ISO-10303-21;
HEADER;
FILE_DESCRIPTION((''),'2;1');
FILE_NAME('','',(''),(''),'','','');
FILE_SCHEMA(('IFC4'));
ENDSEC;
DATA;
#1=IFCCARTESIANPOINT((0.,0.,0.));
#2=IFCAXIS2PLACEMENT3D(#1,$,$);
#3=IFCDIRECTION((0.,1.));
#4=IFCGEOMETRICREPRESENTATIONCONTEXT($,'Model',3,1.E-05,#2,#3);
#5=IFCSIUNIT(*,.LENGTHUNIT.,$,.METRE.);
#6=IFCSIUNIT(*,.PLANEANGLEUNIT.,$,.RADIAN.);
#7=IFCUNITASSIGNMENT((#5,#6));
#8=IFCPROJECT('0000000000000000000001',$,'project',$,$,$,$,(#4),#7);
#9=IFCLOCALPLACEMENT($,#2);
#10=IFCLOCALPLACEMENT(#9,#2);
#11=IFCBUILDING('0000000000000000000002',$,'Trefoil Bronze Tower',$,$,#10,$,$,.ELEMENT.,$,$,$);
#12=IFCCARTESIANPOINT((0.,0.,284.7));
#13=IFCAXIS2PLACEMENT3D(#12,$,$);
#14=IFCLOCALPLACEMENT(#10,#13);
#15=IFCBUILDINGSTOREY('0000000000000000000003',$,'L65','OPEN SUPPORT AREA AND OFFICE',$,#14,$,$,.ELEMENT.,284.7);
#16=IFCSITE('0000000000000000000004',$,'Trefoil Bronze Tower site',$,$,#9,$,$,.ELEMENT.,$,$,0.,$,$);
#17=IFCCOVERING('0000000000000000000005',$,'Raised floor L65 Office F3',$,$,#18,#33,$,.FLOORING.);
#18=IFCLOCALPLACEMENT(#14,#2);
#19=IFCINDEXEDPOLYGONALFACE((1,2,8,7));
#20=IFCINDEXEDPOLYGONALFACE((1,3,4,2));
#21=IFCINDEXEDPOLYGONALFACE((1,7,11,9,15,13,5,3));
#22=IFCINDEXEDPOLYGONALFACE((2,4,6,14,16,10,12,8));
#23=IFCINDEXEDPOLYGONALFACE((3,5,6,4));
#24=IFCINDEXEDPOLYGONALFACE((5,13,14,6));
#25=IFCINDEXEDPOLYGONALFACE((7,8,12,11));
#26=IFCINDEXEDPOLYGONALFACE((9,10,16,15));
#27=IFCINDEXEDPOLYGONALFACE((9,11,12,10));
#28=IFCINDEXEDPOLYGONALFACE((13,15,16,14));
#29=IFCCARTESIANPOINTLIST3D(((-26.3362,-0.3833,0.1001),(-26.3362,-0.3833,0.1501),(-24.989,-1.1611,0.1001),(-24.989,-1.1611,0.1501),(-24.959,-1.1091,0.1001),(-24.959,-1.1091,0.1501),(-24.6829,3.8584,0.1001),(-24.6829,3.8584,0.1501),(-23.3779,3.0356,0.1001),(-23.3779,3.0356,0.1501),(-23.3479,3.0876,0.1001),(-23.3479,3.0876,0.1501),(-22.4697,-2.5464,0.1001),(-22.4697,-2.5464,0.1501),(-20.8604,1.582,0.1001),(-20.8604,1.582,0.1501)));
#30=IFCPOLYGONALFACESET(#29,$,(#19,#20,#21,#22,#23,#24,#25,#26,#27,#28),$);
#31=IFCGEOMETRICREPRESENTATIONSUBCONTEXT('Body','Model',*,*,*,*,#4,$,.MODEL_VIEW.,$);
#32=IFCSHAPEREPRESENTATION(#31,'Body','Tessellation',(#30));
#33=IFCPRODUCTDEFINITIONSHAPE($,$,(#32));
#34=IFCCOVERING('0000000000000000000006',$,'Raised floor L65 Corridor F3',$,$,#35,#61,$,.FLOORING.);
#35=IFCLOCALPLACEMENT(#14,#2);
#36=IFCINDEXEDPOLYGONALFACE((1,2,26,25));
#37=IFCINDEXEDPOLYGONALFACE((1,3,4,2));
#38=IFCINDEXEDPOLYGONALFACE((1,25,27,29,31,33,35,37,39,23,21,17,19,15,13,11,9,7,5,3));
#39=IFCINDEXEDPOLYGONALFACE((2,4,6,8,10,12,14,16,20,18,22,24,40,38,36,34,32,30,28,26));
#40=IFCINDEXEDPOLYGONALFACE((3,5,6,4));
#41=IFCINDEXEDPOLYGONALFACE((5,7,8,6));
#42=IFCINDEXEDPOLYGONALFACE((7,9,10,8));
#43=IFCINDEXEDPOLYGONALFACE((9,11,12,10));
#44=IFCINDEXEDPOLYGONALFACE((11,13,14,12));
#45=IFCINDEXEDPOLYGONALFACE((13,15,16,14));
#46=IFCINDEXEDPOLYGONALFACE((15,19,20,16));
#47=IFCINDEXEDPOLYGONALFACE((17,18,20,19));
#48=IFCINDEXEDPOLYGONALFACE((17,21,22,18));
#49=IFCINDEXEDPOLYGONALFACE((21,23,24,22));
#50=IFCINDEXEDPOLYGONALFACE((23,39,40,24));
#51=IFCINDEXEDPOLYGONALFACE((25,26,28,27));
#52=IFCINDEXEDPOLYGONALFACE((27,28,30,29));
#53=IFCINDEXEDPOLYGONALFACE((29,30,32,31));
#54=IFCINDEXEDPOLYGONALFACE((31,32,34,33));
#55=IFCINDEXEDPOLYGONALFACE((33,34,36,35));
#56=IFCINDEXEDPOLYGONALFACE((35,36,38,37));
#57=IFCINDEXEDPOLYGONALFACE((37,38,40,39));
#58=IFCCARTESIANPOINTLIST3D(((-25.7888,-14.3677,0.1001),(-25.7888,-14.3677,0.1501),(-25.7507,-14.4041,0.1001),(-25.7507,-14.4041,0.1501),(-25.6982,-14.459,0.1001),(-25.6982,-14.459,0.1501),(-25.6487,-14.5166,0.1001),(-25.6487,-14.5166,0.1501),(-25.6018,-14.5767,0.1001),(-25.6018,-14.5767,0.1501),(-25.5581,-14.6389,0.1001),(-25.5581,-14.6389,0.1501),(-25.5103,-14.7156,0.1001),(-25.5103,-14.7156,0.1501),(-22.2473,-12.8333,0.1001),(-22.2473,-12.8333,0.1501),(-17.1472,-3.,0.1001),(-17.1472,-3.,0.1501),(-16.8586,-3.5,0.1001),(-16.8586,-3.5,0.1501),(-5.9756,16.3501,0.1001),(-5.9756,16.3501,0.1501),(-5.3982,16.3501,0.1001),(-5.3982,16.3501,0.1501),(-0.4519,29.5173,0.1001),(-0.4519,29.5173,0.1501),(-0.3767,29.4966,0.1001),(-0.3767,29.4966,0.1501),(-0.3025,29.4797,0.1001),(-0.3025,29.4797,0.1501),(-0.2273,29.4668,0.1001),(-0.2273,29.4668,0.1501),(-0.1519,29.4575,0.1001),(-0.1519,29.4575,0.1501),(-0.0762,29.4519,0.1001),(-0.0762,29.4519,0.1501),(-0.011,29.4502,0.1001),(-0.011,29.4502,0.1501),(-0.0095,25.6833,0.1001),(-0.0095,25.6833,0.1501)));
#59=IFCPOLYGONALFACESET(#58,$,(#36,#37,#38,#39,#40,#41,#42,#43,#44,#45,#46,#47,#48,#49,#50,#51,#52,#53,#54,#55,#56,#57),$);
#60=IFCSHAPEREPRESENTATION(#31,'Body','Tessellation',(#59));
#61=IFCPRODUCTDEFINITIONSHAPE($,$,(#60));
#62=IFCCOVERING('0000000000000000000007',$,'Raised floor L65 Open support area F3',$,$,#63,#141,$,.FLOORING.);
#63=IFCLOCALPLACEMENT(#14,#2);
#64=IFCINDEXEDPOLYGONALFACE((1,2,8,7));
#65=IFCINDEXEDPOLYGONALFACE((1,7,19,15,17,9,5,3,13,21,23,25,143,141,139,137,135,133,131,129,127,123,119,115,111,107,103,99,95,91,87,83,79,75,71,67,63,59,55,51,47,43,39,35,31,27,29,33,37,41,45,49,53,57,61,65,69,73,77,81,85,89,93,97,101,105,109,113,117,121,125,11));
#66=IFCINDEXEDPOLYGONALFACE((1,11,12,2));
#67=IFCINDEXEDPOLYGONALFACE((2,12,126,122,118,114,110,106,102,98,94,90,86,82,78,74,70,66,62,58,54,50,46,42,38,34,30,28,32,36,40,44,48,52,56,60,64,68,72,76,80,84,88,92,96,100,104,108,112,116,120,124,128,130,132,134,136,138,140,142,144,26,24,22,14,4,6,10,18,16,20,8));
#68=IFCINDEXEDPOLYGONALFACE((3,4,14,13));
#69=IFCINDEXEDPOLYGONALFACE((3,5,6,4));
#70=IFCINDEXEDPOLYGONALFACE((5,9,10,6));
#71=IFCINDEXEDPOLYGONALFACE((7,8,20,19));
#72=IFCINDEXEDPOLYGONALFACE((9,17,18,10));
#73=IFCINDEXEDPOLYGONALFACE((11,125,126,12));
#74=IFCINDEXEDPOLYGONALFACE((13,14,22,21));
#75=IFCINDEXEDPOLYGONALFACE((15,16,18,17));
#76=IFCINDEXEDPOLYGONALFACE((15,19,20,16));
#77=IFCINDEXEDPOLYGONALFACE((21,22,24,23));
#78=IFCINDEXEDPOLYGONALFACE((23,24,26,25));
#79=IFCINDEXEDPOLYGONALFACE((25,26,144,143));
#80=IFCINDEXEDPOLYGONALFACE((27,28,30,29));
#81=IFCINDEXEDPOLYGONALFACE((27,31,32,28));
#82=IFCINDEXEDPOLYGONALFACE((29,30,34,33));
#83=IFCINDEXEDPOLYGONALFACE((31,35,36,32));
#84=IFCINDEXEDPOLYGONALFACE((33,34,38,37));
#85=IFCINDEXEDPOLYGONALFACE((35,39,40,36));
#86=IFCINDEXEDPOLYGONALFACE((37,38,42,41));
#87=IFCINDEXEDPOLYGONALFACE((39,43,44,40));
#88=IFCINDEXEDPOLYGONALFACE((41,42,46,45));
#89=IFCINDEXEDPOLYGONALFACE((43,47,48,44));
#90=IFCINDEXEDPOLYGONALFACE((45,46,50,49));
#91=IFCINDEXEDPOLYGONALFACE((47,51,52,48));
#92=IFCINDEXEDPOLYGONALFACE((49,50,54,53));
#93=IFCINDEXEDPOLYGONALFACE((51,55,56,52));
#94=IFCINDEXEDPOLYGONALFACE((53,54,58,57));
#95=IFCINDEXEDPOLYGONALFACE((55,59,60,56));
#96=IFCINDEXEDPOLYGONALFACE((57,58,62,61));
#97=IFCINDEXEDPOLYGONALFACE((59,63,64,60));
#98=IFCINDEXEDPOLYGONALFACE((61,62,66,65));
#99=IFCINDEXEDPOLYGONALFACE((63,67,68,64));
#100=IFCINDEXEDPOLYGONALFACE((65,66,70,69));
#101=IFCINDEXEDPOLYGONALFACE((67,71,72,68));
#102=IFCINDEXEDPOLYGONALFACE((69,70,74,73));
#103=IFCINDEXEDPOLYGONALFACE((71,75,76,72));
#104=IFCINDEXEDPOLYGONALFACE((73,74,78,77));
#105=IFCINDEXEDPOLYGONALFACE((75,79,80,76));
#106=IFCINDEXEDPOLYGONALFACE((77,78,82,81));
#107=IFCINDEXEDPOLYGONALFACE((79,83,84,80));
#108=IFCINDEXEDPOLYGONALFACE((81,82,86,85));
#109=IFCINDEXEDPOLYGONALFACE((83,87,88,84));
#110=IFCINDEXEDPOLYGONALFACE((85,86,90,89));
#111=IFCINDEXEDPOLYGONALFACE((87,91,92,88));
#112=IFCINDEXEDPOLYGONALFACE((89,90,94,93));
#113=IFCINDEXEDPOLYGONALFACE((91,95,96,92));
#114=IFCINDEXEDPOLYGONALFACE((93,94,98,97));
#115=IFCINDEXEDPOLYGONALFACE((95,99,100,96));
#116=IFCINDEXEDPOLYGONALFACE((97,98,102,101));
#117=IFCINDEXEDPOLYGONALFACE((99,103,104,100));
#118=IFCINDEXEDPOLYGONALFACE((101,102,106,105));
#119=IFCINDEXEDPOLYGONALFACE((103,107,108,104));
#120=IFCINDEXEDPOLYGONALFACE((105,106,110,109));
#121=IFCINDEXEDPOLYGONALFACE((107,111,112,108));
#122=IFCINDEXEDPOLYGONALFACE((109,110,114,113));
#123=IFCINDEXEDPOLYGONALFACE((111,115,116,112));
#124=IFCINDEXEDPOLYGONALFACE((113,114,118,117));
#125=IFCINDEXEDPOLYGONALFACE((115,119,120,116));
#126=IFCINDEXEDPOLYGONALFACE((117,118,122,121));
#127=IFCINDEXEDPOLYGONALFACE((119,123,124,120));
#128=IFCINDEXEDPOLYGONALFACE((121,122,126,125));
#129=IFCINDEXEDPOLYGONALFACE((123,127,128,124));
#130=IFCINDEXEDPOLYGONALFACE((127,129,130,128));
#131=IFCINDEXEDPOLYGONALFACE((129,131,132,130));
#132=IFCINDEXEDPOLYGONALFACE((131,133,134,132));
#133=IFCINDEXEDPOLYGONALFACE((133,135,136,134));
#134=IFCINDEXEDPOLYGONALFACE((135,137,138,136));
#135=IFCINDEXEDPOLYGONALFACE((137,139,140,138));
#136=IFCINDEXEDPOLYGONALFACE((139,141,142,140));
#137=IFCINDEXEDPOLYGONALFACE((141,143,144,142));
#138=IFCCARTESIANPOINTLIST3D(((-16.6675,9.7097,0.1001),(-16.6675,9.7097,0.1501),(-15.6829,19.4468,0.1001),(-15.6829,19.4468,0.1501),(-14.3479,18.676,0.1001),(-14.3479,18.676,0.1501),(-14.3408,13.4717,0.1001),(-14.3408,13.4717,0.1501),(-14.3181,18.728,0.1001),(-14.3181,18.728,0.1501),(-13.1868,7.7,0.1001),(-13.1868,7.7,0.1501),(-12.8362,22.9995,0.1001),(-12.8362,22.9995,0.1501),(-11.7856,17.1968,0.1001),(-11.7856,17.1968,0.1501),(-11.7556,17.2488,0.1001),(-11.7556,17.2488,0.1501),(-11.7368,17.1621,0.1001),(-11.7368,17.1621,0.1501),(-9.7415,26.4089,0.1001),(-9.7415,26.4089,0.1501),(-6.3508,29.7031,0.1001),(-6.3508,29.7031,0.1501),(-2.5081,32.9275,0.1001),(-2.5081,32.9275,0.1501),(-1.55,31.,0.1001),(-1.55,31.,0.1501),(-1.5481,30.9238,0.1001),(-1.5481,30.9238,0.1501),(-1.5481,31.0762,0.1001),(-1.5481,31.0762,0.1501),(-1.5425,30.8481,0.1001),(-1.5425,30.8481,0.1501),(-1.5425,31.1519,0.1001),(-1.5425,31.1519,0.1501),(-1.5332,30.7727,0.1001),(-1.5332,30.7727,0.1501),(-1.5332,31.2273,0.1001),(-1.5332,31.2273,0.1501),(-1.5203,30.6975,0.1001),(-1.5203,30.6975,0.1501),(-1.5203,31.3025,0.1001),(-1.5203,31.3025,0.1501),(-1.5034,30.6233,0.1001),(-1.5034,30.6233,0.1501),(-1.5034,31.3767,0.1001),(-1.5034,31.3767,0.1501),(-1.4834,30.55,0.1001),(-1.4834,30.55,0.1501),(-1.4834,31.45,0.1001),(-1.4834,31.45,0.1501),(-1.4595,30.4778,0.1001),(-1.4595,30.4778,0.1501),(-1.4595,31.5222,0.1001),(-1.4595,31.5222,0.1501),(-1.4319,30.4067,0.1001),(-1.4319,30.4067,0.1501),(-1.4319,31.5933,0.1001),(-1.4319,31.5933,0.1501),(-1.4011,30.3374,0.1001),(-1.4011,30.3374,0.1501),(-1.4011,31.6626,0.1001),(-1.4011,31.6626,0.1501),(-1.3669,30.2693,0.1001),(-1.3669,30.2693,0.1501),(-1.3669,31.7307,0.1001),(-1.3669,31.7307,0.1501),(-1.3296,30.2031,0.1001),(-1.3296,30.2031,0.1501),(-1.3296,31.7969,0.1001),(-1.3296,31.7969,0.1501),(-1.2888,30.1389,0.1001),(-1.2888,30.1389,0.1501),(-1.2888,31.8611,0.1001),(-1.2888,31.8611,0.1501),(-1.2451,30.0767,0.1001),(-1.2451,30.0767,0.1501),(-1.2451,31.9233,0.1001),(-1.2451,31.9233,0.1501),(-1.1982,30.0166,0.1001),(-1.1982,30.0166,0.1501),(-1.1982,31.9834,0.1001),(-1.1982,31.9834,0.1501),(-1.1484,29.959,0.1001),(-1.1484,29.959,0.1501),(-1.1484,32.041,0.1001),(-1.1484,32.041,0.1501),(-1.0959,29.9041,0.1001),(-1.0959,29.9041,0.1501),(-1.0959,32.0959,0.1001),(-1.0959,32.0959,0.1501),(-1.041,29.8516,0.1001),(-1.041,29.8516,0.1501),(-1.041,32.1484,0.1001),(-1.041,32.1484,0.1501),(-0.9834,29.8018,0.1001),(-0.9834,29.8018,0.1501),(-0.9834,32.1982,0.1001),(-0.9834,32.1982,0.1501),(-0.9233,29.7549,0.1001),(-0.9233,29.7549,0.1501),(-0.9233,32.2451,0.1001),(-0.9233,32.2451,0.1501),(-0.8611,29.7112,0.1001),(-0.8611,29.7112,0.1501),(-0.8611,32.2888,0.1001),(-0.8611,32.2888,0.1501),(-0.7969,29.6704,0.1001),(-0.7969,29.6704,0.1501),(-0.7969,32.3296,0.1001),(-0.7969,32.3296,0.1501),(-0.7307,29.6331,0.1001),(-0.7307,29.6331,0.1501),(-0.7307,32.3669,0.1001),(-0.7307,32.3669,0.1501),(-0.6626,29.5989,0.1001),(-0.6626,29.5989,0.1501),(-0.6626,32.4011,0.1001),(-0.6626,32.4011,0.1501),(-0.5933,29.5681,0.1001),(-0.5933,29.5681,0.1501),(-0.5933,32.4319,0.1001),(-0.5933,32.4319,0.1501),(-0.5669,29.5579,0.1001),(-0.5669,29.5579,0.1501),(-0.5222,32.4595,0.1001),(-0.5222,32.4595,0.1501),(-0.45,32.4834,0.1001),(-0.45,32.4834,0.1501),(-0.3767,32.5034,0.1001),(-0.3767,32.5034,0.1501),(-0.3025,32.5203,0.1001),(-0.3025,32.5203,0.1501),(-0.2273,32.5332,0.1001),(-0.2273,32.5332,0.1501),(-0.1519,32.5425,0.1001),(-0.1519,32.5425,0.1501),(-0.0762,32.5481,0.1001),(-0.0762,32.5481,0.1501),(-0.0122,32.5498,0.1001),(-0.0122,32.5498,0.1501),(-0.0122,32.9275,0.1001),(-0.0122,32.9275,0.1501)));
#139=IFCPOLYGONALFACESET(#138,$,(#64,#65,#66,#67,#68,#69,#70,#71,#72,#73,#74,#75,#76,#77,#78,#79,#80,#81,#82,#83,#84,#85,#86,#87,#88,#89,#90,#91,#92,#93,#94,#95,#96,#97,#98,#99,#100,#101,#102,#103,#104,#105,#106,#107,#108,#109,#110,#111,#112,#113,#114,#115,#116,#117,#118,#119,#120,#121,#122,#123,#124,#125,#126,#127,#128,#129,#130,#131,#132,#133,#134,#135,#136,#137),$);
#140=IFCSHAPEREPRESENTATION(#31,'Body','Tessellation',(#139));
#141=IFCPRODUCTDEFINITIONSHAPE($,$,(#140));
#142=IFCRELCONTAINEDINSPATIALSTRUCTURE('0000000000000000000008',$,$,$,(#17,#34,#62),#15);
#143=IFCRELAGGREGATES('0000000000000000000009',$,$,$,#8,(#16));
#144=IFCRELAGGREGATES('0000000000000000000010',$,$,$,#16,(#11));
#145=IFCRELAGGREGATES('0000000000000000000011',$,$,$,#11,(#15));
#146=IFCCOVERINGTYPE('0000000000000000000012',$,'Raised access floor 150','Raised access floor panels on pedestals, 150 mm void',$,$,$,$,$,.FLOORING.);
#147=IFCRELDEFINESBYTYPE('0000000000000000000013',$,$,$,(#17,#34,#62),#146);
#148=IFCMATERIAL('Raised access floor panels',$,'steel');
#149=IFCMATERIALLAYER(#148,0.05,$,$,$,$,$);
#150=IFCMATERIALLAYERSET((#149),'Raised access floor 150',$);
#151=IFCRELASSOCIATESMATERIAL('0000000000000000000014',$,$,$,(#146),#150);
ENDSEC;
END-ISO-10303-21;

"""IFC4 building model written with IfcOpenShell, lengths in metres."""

from ifc_helpers import new_model, si_unit, direction, frame, origin, place, context, subcontext, project, spatial, polyline, outline, extrude, material, layer, layer_set, type_object, element, save


model = new_model("IFC4")

# Units and contexts
model_context = context("Model", 3, precision=1e-05, world=origin(), true_north=direction((0.0, 1.0)))
body_context = subcontext(model_context, "Body", "Model", "MODEL_VIEW")
ifc_project = project(units=[si_unit("LENGTHUNIT", "METRE"), si_unit("PLANEANGLEUNIT", "RADIAN")], contexts=[model_context])

# Site, building, storey
site_placement = place(None, origin())
site = spatial("IfcSite", under=ifc_project, at=site_placement, Name="Trefoil Bronze Tower site", CompositionType="ELEMENT", RefElevation=0.0)
building_placement = place(site_placement, origin())
building = spatial("IfcBuilding", under=site, at=building_placement, Name="Trefoil Bronze Tower", CompositionType="ELEMENT")
storey_placement = place(building_placement, frame((0.0, 0.0, 284.7)))
storey = spatial("IfcBuildingStorey", under=building, at=storey_placement, Name="L65", Description="OPEN SUPPORT AREA AND OFFICE", CompositionType="ELEMENT", Elevation=284.7)

# Coverings
ifc_material_1 = material(Name="Raised access floor panels", Category="steel")
ifc_layer_1 = layer(ifc_material_1, 0.05)
ifc_layer_set_1 = layer_set([ifc_layer_1], Name="Raised access floor 150")
covering_type_1 = type_object("IfcCoveringType", Name="Raised access floor 150", Description="Raised access floor panels on pedestals, 150 mm void", PredefinedType="FLOORING", material=ifc_layer_set_1)
covering_1_placement = place(storey_placement, frame((0.0, 0.0, 0.1001)))
element("IfcCovering", 1, at=covering_1_placement, inside=storey, type_object=covering_type_1, Name="Raised floor L65 Office F3", PredefinedType="FLOORING", context=body_context, shape_type="SweptSolid", body=[
    extrude(outline(polyline([(-24.6829, 3.8584), (-23.3479, 3.0876), (-23.3779, 3.0356), (-20.8604, 1.582), (-22.4697, -2.5464), (-24.959, -1.1091), (-24.989, -1.1611), (-26.3362, -0.3833), (-24.6829, 3.8584)])), origin(), (0.0, 0.0, 1.0), 0.05),
])
covering_2_placement = place(storey_placement, frame((0.0, 0.0, 0.1001)))
element("IfcCovering", 2, at=covering_2_placement, inside=storey, type_object=covering_type_1, Name="Raised floor L65 Corridor F3", PredefinedType="FLOORING", context=body_context, shape_type="SweptSolid", body=[
    extrude(outline(polyline([(-0.011, 29.4502), (-0.0095, 25.6833), (-5.3982, 16.3501), (-5.9756, 16.3501), (-17.1472, -3.0), (-16.8586, -3.5), (-22.2473, -12.8333), (-25.5103, -14.7156), (-25.5581, -14.6389), (-25.6018, -14.5767), (-25.6487, -14.5166), (-25.6982, -14.459), (-25.7507, -14.4041), (-25.7888, -14.3677), (-0.4519, 29.5173), (-0.3767, 29.4966), (-0.3025, 29.4797), (-0.2273, 29.4668), (-0.1519, 29.4575), (-0.0762, 29.4519), (-0.011, 29.4502)])), origin(), (0.0, 0.0, 1.0), 0.05),
])
covering_3_placement = place(storey_placement, frame((0.0, 0.0, 0.1001)))
element("IfcCovering", 3, at=covering_3_placement, inside=storey, type_object=covering_type_1, Name="Raised floor L65 Open support area F3", PredefinedType="FLOORING", context=body_context, shape_type="SweptSolid", body=[
    extrude(outline(polyline([(-0.5669, 29.5579), (-13.1868, 7.7), (-16.6675, 9.7097), (-14.3408, 13.4717), (-11.7368, 17.1621), (-11.7856, 17.1968), (-11.7556, 17.2488), (-14.3181, 18.728), (-14.3479, 18.676), (-15.6829, 19.4468), (-12.8362, 22.9995), (-9.7415, 26.4089), (-6.3508, 29.7031), (-2.5081, 32.9275), (-0.0122, 32.9275), (-0.0122, 32.5498), (-0.0762, 32.5481), (-0.1519, 32.5425), (-0.2273, 32.5332), (-0.3025, 32.5203), (-0.3767, 32.5034), (-0.45, 32.4834), (-0.5222, 32.4595), (-0.5933, 32.4319), (-0.6626, 32.4011), (-0.7307, 32.3669), (-0.7969, 32.3296), (-0.8611, 32.2888), (-0.9233, 32.2451), (-0.9834, 32.1982), (-1.041, 32.1484), (-1.0959, 32.0959), (-1.1484, 32.041), (-1.1982, 31.9834), (-1.2451, 31.9233), (-1.2888, 31.8611), (-1.3296, 31.7969), (-1.3669, 31.7307), (-1.4011, 31.6626), (-1.4319, 31.5933), (-1.4595, 31.5222), (-1.4834, 31.45), (-1.5034, 31.3767), (-1.5203, 31.3025), (-1.5332, 31.2273), (-1.5425, 31.1519), (-1.5481, 31.0762), (-1.55, 31.0), (-1.5481, 30.9238), (-1.5425, 30.8481), (-1.5332, 30.7727), (-1.5203, 30.6975), (-1.5034, 30.6233), (-1.4834, 30.55), (-1.4595, 30.4778), (-1.4319, 30.4067), (-1.4011, 30.3374), (-1.3669, 30.2693), (-1.3296, 30.2031), (-1.2888, 30.1389), (-1.2451, 30.0767), (-1.1982, 30.0166), (-1.1484, 29.959), (-1.0959, 29.9041), (-1.041, 29.8516), (-0.9834, 29.8018), (-0.9233, 29.7549), (-0.8611, 29.7112), (-0.7969, 29.6704), (-0.7307, 29.6331), (-0.6626, 29.5989), (-0.5933, 29.5681), (-0.5669, 29.5579)])), origin(), (0.0, 0.0, 1.0), 0.05),
])

save(model, "model.ifc")
